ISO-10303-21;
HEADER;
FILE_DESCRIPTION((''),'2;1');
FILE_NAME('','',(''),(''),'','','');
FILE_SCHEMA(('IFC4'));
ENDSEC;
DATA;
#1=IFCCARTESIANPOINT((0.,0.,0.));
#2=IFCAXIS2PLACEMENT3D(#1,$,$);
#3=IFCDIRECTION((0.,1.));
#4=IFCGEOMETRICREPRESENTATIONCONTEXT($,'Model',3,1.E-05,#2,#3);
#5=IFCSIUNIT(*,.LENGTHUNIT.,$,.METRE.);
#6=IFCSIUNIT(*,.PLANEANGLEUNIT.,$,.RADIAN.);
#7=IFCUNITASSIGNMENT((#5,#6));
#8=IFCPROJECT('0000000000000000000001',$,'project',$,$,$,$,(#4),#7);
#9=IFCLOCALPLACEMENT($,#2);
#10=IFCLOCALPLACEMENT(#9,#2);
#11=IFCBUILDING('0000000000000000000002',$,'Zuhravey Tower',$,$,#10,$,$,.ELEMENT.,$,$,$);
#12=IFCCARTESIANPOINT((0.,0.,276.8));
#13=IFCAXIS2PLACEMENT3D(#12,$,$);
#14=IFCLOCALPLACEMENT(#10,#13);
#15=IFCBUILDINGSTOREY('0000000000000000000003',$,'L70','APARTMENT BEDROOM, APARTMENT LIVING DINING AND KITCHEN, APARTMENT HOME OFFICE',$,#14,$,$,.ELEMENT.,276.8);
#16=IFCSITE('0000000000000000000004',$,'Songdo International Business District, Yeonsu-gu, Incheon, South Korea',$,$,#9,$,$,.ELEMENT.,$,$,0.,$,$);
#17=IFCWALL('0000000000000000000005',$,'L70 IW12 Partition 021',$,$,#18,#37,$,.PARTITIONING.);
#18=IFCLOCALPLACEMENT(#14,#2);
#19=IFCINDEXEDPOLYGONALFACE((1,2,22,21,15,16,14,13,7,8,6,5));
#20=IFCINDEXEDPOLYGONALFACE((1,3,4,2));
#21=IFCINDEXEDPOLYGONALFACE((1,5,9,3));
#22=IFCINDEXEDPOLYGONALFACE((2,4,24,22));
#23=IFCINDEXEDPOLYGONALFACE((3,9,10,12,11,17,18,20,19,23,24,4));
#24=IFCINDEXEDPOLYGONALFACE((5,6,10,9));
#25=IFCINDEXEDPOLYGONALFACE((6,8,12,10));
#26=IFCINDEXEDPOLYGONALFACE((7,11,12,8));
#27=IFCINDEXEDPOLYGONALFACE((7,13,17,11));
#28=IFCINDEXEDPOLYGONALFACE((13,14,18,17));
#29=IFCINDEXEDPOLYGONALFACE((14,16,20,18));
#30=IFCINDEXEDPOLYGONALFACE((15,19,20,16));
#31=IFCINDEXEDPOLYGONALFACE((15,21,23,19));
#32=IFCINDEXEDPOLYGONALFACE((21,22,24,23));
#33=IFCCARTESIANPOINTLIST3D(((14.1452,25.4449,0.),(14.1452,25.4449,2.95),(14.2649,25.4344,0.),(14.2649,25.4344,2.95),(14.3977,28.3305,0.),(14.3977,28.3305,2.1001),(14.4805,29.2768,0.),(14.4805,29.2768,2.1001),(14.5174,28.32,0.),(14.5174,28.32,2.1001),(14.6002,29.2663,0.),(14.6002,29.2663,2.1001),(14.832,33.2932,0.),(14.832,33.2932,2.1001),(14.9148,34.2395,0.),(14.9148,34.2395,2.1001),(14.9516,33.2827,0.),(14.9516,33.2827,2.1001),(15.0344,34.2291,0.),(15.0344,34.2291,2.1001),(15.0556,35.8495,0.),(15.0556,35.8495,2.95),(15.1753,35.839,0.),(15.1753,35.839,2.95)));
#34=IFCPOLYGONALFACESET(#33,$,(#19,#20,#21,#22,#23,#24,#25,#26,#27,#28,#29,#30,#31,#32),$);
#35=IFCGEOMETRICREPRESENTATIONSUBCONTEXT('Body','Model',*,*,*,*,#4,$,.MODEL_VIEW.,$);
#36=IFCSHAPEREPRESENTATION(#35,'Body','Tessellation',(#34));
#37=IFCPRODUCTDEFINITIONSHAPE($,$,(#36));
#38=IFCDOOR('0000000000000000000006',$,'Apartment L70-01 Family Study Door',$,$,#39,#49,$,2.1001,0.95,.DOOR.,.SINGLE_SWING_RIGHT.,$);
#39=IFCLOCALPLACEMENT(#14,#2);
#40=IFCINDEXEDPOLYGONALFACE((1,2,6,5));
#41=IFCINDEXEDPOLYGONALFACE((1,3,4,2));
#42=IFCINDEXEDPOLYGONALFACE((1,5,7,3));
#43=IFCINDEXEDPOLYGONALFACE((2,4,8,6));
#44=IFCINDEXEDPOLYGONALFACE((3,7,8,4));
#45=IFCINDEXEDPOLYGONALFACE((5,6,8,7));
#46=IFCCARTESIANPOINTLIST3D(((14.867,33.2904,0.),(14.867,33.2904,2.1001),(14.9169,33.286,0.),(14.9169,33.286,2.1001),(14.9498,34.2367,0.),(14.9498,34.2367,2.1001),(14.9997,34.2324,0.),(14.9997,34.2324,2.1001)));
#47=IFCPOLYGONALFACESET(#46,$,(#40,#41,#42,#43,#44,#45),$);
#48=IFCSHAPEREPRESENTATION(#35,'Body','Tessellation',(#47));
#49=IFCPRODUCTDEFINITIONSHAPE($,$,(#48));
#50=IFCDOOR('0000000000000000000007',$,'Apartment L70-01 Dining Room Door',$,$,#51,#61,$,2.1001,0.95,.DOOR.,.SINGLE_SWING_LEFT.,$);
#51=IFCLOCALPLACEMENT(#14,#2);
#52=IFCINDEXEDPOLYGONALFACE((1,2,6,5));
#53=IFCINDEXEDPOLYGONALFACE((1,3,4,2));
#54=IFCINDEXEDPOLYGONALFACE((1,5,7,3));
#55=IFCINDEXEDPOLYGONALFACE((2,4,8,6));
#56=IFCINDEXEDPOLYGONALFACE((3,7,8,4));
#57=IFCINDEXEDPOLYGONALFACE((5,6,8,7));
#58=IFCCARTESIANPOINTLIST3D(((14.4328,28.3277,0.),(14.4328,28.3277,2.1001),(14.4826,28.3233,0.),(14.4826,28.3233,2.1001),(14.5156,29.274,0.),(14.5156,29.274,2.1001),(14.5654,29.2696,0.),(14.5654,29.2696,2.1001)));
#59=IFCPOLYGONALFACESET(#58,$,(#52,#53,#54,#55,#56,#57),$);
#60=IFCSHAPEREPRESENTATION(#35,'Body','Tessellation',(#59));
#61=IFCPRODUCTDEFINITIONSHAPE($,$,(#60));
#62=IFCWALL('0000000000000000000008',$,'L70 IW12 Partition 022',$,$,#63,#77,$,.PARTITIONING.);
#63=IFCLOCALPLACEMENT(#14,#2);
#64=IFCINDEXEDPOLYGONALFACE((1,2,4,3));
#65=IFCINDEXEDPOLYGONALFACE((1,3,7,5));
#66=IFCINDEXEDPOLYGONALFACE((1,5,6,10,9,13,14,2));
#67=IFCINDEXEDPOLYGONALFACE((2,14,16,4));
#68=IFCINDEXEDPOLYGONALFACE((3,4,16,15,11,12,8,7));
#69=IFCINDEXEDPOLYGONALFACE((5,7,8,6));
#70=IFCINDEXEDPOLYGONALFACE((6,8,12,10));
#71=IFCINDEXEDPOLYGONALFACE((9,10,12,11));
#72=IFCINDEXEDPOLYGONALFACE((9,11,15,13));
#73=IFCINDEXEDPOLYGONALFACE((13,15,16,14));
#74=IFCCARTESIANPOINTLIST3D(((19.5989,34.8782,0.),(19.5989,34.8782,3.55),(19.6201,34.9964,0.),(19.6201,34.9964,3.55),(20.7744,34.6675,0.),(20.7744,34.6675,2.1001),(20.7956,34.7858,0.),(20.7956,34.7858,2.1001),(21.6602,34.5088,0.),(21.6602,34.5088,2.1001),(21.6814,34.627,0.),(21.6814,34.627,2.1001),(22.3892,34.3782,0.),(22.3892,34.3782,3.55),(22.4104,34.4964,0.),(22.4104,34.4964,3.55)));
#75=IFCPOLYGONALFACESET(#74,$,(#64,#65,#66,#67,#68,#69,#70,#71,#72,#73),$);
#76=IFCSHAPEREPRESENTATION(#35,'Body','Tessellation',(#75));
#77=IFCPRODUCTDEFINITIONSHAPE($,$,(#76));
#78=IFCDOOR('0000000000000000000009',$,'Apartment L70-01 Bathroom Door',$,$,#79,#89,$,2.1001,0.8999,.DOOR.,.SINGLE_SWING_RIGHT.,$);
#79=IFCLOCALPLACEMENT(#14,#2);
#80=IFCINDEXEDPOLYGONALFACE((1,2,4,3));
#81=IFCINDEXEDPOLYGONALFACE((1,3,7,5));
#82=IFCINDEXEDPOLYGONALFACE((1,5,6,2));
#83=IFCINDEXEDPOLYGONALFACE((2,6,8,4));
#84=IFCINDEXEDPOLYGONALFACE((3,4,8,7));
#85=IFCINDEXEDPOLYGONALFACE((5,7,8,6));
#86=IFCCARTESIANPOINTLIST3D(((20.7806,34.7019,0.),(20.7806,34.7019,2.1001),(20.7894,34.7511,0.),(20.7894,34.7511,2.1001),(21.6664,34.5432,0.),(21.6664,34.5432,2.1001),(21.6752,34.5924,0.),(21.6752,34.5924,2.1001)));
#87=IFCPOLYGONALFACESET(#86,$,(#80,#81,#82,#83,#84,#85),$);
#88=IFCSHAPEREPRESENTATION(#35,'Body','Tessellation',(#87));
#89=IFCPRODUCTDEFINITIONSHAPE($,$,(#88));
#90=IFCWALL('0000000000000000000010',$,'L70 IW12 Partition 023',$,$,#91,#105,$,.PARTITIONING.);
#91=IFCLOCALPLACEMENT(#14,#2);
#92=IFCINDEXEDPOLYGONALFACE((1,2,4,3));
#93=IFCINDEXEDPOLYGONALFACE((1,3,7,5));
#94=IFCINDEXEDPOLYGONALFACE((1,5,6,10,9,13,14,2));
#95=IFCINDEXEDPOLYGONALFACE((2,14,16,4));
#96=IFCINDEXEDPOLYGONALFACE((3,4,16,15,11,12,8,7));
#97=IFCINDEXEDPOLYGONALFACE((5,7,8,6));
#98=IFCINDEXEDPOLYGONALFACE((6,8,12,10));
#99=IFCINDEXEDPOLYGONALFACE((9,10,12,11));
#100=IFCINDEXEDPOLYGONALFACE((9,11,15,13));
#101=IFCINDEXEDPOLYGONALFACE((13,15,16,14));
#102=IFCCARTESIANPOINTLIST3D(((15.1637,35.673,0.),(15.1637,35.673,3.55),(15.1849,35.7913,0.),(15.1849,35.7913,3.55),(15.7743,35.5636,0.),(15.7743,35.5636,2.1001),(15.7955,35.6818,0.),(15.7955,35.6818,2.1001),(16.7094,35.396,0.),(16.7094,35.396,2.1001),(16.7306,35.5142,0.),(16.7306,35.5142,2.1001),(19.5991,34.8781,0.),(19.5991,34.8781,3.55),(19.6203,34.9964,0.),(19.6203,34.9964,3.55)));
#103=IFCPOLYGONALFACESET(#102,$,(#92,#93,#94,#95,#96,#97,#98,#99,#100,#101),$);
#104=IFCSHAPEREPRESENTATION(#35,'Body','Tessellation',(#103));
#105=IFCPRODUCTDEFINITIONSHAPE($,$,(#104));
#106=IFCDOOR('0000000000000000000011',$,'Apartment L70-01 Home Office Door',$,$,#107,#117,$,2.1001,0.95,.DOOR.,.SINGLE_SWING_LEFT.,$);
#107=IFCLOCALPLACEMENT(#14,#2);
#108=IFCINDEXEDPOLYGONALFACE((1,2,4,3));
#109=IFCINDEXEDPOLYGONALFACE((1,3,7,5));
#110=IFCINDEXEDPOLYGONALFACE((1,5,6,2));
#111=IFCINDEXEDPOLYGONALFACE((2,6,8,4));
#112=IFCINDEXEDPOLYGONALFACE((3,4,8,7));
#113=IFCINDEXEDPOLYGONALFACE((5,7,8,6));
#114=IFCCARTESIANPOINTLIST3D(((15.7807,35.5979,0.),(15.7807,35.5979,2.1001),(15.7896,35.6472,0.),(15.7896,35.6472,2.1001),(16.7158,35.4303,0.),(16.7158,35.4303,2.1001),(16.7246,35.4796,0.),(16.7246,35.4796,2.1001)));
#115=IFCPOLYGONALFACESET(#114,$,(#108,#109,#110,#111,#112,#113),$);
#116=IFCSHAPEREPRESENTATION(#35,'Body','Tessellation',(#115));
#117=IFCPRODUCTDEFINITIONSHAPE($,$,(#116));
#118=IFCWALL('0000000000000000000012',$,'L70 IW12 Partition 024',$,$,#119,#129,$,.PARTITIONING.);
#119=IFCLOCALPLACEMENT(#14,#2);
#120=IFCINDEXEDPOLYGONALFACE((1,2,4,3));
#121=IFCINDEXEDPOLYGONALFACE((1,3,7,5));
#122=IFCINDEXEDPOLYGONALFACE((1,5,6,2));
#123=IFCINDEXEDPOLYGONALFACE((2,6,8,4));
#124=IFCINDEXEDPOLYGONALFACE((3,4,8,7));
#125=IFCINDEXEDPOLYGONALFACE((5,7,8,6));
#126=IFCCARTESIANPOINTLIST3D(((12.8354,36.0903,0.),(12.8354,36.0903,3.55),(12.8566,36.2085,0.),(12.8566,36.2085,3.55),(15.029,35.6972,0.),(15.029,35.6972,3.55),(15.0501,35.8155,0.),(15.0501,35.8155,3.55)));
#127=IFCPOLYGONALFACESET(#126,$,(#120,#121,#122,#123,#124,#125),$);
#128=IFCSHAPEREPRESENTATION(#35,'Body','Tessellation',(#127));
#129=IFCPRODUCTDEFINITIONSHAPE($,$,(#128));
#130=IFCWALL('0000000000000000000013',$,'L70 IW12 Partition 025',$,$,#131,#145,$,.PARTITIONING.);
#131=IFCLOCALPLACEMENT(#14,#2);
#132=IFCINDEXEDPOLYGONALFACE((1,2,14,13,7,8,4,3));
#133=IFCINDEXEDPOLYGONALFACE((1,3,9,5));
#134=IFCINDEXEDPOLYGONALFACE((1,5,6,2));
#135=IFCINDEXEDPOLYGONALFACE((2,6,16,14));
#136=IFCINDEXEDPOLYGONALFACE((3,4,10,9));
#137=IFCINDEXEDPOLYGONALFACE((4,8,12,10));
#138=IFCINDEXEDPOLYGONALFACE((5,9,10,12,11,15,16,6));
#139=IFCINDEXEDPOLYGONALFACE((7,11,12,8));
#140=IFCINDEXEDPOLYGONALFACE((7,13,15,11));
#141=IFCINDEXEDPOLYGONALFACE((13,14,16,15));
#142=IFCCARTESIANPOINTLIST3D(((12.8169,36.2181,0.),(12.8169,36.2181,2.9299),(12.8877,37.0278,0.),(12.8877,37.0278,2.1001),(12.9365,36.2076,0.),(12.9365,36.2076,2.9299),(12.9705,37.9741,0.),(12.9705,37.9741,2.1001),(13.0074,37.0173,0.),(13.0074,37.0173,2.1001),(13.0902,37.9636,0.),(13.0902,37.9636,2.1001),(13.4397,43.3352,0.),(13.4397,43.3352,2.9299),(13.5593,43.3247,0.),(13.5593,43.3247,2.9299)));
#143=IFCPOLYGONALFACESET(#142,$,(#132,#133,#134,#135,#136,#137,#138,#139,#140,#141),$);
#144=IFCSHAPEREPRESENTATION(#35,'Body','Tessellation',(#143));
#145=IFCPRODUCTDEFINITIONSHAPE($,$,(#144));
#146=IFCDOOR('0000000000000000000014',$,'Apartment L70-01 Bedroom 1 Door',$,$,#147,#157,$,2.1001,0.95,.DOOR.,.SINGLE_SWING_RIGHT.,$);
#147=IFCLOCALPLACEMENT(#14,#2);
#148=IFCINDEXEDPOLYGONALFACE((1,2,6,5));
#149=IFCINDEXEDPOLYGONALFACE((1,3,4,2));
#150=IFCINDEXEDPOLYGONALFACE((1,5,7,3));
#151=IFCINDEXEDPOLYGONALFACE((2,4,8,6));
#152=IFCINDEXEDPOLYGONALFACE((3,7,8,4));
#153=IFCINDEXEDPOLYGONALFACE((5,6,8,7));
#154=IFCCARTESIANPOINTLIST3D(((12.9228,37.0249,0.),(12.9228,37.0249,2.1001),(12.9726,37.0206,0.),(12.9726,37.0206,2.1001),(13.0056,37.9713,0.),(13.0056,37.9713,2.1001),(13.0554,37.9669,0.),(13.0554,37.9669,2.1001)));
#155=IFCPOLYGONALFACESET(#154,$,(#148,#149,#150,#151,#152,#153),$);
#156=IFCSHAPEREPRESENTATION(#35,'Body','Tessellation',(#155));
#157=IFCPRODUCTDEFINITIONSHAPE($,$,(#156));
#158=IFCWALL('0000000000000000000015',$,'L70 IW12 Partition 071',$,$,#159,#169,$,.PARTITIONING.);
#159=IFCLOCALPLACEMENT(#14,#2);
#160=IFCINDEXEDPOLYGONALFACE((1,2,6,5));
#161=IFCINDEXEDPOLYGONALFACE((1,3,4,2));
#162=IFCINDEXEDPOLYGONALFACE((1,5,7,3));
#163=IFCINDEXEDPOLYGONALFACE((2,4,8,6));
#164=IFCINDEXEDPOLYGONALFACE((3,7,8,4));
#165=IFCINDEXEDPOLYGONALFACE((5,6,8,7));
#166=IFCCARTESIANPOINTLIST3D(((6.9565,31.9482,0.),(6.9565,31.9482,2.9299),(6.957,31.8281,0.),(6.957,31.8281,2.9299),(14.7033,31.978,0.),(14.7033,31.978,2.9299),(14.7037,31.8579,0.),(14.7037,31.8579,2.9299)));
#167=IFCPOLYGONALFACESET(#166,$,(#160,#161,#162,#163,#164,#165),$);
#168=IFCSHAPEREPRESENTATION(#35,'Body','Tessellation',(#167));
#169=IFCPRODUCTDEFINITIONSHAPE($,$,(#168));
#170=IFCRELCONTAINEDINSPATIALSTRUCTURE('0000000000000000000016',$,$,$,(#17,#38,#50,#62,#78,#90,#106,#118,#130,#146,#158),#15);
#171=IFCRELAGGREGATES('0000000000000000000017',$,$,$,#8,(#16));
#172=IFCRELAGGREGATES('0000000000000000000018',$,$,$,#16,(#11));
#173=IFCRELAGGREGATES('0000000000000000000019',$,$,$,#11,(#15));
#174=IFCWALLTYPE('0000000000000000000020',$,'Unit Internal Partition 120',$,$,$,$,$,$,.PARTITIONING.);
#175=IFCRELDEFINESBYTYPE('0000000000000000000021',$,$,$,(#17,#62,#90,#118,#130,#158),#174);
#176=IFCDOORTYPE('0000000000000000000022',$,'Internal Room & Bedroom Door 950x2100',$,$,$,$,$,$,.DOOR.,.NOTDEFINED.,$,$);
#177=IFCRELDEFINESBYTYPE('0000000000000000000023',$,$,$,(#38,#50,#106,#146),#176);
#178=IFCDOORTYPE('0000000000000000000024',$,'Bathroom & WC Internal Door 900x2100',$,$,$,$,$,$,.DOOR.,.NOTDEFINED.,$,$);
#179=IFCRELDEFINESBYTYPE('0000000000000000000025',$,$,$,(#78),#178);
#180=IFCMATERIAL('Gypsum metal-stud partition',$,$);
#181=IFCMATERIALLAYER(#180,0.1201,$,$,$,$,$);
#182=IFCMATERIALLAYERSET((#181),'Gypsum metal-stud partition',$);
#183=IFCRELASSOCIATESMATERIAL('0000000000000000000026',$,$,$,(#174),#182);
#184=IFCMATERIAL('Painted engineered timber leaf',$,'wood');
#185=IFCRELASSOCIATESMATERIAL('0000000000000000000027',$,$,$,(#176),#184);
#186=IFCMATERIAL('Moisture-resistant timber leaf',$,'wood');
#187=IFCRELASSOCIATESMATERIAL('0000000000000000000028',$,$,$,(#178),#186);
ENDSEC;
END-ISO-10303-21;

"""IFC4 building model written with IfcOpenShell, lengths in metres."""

from ifc_helpers import new_model, si_unit, direction, frame, frame_2d, origin, place, context, subcontext, project, spatial, rectangle, extrude, material, layer, layer_set, type_object, element, fill, save


model = new_model("IFC4")

# Units and contexts
model_context = context("Model", 3, precision=1e-05, world=origin(), true_north=direction((0.0, 1.0)))
body_context = subcontext(model_context, "Body", "Model", "MODEL_VIEW")
ifc_project = project(units=[si_unit("LENGTHUNIT", "METRE"), si_unit("PLANEANGLEUNIT", "RADIAN")], contexts=[model_context])

# Site, building, storey
site_placement = place(None, origin())
site = spatial("IfcSite", under=ifc_project, at=site_placement, Name="Songdo International Business District, Yeonsu-gu, Incheon, South Korea", CompositionType="ELEMENT", RefElevation=0.0)
building_placement = place(site_placement, origin())
building = spatial("IfcBuilding", under=site, at=building_placement, Name="Zuhravey Tower", CompositionType="ELEMENT")
storey_placement = place(building_placement, frame((0.0, 0.0, 276.8)))
storey = spatial("IfcBuildingStorey", under=building, at=storey_placement, Name="L70", Description="APARTMENT BEDROOM, APARTMENT LIVING DINING AND KITCHEN, APARTMENT HOME OFFICE", CompositionType="ELEMENT", Elevation=276.8)

# Wall, openings, doors
ifc_material_1 = material(Name="Gypsum metal-stud partition")
ifc_layer_1 = layer(ifc_material_1, 0.1201)
ifc_layer_set_1 = layer_set([ifc_layer_1], Name="Gypsum metal-stud partition")
wall_type_1 = type_object("IfcWallType", Name="Unit Internal Partition 120", PredefinedType="PARTITIONING", material=ifc_layer_set_1)
wall_1_placement = place(storey_placement, frame((15.1155, 35.8442, 0.0), z_axis=(0.0, 0.0, 1.0), x_axis=(-0.087167, -0.996194, 0.0)))
wall_1 = element("IfcWall", 1, at=wall_1_placement, inside=storey, type_object=wall_type_1, Name="L70 IW12 Partition 021", PredefinedType="PARTITIONING", context=body_context, shape_type="SweptSolid", body=[
    extrude(rectangle(XDim=10.4443, YDim=0.1201, at=frame_2d((5.2222, 0.0))), origin(), (0.0, 0.0, 1.0), 2.95),
])
opening_1_placement = place(wall_1_placement, frame((1.616, 0.0, 0.0)))
opening_1 = element("IfcOpeningElement", 2, at=opening_1_placement, cuts=wall_1, PredefinedType="OPENING", context=body_context, shape_type="SweptSolid", body=[
    extrude(rectangle(XDim=0.95, YDim=2.1001, at=frame_2d((0.4751, 1.05))), frame((0.0, 0.072, 0.0), z_axis=(0.0, -1.0, 0.0), x_axis=(1.0, 0.0, 0.0)), (0.0, 0.0, 1.0), 0.144),
])
opening_2_placement = place(wall_1_placement, frame((6.5977, 0.0, 0.0)))
opening_2 = element("IfcOpeningElement", 3, at=opening_2_placement, cuts=wall_1, PredefinedType="OPENING", context=body_context, shape_type="SweptSolid", body=[
    extrude(rectangle(XDim=0.95, YDim=2.1001, at=frame_2d((0.4751, 1.05))), frame((0.0, 0.072, 0.0), z_axis=(0.0, -1.0, 0.0), x_axis=(1.0, 0.0, 0.0)), (0.0, 0.0, 1.0), 0.144),
])
ifc_material_2 = material(Name="Painted engineered timber leaf", Category="wood")
door_type_1 = type_object("IfcDoorType", Name="Internal Room & Bedroom Door 950x2100", OperationType="NOTDEFINED", PredefinedType="DOOR", material=ifc_material_2)
door_1_placement = place(opening_1_placement, frame((0.95, 0.0, 0.0), z_axis=(0.0, 0.0, 1.0), x_axis=(-1.0, 0.0, 0.0)))
door_1 = element("IfcDoor", 4, at=door_1_placement, inside=storey, type_object=door_type_1, Name="Apartment L70-01 Family Study Door", OperationType="SINGLE_SWING_RIGHT", OverallHeight=2.1001, OverallWidth=0.95, PredefinedType="DOOR", context=body_context, shape_type="SweptSolid", body=[
    extrude(rectangle(XDim=0.95, YDim=2.1001, at=frame_2d((0.4751, 1.05))), frame((0.0, 0.0249, 0.0), z_axis=(0.0, -1.0, 0.0), x_axis=(1.0, 0.0, 0.0)), (0.0, 0.0, 1.0), 0.05),
])
fill(opening_1, door_1)
door_2_placement = place(opening_2_placement, frame((0.95, 0.0, 0.0), z_axis=(0.0, 0.0, 1.0), x_axis=(-1.0, 0.0, 0.0)))
door_2 = element("IfcDoor", 5, at=door_2_placement, inside=storey, type_object=door_type_1, Name="Apartment L70-01 Dining Room Door", OperationType="SINGLE_SWING_LEFT", OverallHeight=2.1001, OverallWidth=0.95, PredefinedType="DOOR", context=body_context, shape_type="SweptSolid", body=[
    extrude(rectangle(XDim=0.95, YDim=2.1001, at=frame_2d((0.4751, 1.05))), frame((0.0, 0.0249, 0.0), z_axis=(0.0, -1.0, 0.0), x_axis=(1.0, 0.0, 0.0)), (0.0, 0.0, 1.0), 0.05),
])
fill(opening_2, door_2)

# Walls, openings, doors
wall_2_placement = place(storey_placement, frame((22.3999, 34.4373, 0.0), z_axis=(0.0, 0.0, 1.0), x_axis=(-0.984321, 0.176384, 0.0)))
wall_2 = element("IfcWall", 6, at=wall_2_placement, inside=storey, type_object=wall_type_1, Name="L70 IW12 Partition 022", PredefinedType="PARTITIONING", context=body_context, shape_type="SweptSolid", body=[
    extrude(rectangle(XDim=2.8347, YDim=0.1201, at=frame_2d((1.4175, 0.0))), origin(), (0.0, 0.0, 1.0), 3.55),
])
opening_3_placement = place(wall_2_placement, frame((0.7407, 0.0, 0.0)))
opening_3 = element("IfcOpeningElement", 7, at=opening_3_placement, cuts=wall_2, PredefinedType="OPENING", context=body_context, shape_type="SweptSolid", body=[
    extrude(rectangle(XDim=0.8999, YDim=2.1001, at=frame_2d((0.45, 1.05))), frame((0.0, 0.072, 0.0), z_axis=(0.0, -1.0, 0.0), x_axis=(1.0, 0.0, 0.0)), (0.0, 0.0, 1.0), 0.144),
])
ifc_material_3 = material(Name="Moisture-resistant timber leaf", Category="wood")
door_type_2 = type_object("IfcDoorType", Name="Bathroom & WC Internal Door 900x2100", OperationType="NOTDEFINED", PredefinedType="DOOR", material=ifc_material_3)
door_3_placement = place(opening_3_placement, frame((0.8999, 0.0, 0.0), z_axis=(0.0, 0.0, 1.0), x_axis=(-1.0, 0.0, 0.0)))
door_3 = element("IfcDoor", 8, at=door_3_placement, inside=storey, type_object=door_type_2, Name="Apartment L70-01 Bathroom Door", OperationType="SINGLE_SWING_RIGHT", OverallHeight=2.1001, OverallWidth=0.8999, PredefinedType="DOOR", context=body_context, shape_type="SweptSolid", body=[
    extrude(rectangle(XDim=0.8999, YDim=2.1001, at=frame_2d((0.45, 1.05))), frame((0.0, 0.0249, 0.0), z_axis=(0.0, -1.0, 0.0), x_axis=(1.0, 0.0, 0.0)), (0.0, 0.0, 1.0), 0.05),
])
fill(opening_3, door_3)
wall_3_placement = place(storey_placement, frame((19.6096, 34.9373, 0.0), z_axis=(0.0, 0.0, 1.0), x_axis=(-0.984318, 0.176406, 0.0)))
wall_3 = element("IfcWall", 9, at=wall_3_placement, inside=storey, type_object=wall_type_1, Name="L70 IW12 Partition 023", PredefinedType="PARTITIONING", context=body_context, shape_type="SweptSolid", body=[
    extrude(rectangle(XDim=4.5061, YDim=0.1201, at=frame_2d((2.2529, 0.0))), origin(), (0.0, 0.0, 1.0), 3.55),
])
opening_4_placement = place(wall_3_placement, frame((2.9355, 0.0, 0.0)))
opening_4 = element("IfcOpeningElement", 10, at=opening_4_placement, cuts=wall_3, PredefinedType="OPENING", context=body_context, shape_type="SweptSolid", body=[
    extrude(rectangle(XDim=0.95, YDim=2.1001, at=frame_2d((0.4751, 1.05))), frame((0.0, 0.072, 0.0), z_axis=(0.0, -1.0, 0.0), x_axis=(1.0, 0.0, 0.0)), (0.0, 0.0, 1.0), 0.144),
])
door_4_placement = place(opening_4_placement, frame((0.95, 0.0, 0.0), z_axis=(0.0, 0.0, 1.0), x_axis=(-1.0, 0.0, 0.0)))
door_4 = element("IfcDoor", 11, at=door_4_placement, inside=storey, type_object=door_type_1, Name="Apartment L70-01 Home Office Door", OperationType="SINGLE_SWING_LEFT", OverallHeight=2.1001, OverallWidth=0.95, PredefinedType="DOOR", context=body_context, shape_type="SweptSolid", body=[
    extrude(rectangle(XDim=0.95, YDim=2.1001, at=frame_2d((0.4751, 1.05))), frame((0.0, 0.0249, 0.0), z_axis=(0.0, -1.0, 0.0), x_axis=(1.0, 0.0, 0.0)), (0.0, 0.0, 1.0), 0.05),
])
fill(opening_4, door_4)

# Wall
wall_4_placement = place(storey_placement, frame((15.0396, 35.7563, 0.0), z_axis=(0.0, 0.0, 1.0), x_axis=(-0.984322, 0.176378, 0.0)))
element("IfcWall", 12, at=wall_4_placement, inside=storey, type_object=wall_type_1, Name="L70 IW12 Partition 024", PredefinedType="PARTITIONING", context=body_context, shape_type="SweptSolid", body=[
    extrude(rectangle(XDim=2.2285, YDim=0.1201, at=frame_2d((1.1143, 0.0))), origin(), (0.0, 0.0, 1.0), 3.55),
])

# Wall, opening, door
wall_5_placement = place(storey_placement, frame((13.4995, 43.3301, 0.0), z_axis=(0.0, 0.0, 1.0), x_axis=(-0.087174, -0.996193, 0.0)))
wall_5 = element("IfcWall", 13, at=wall_5_placement, inside=storey, type_object=wall_type_1, Name="L70 IW12 Partition 025", PredefinedType="PARTITIONING", context=body_context, shape_type="SweptSolid", body=[
    extrude(rectangle(XDim=7.1443, YDim=0.1201, at=frame_2d((3.5723, 0.0))), origin(), (0.0, 0.0, 1.0), 2.9299),
])
opening_5_placement = place(wall_5_placement, frame((5.3816, 0.0, 0.0)))
opening_5 = element("IfcOpeningElement", 14, at=opening_5_placement, cuts=wall_5, PredefinedType="OPENING", context=body_context, shape_type="SweptSolid", body=[
    extrude(rectangle(XDim=0.95, YDim=2.1001, at=frame_2d((0.4751, 1.05))), frame((0.0, 0.072, 0.0), z_axis=(0.0, -1.0, 0.0), x_axis=(1.0, 0.0, 0.0)), (0.0, 0.0, 1.0), 0.144),
])
door_5_placement = place(opening_5_placement, frame((0.95, 0.0, 0.0), z_axis=(0.0, 0.0, 1.0), x_axis=(-1.0, 0.0, 0.0)))
door_5 = element("IfcDoor", 15, at=door_5_placement, inside=storey, type_object=door_type_1, Name="Apartment L70-01 Bedroom 1 Door", OperationType="SINGLE_SWING_RIGHT", OverallHeight=2.1001, OverallWidth=0.95, PredefinedType="DOOR", context=body_context, shape_type="SweptSolid", body=[
    extrude(rectangle(XDim=0.95, YDim=2.1001, at=frame_2d((0.4751, 1.05))), frame((0.0, 0.0249, 0.0), z_axis=(0.0, -1.0, 0.0), x_axis=(1.0, 0.0, 0.0)), (0.0, 0.0, 1.0), 0.05),
])
fill(opening_5, door_5)

# Wall
wall_6_placement = place(storey_placement, frame((14.7036, 31.918, 0.0), z_axis=(0.0, 0.0, 1.0), x_axis=(-0.999993, -0.003845, 0.0)))
element("IfcWall", 16, at=wall_6_placement, inside=storey, type_object=wall_type_1, Name="L70 IW12 Partition 071", PredefinedType="PARTITIONING", context=body_context, shape_type="SweptSolid", body=[
    extrude(rectangle(XDim=7.7468, YDim=0.1201, at=frame_2d((3.8735, 0.0))), origin(), (0.0, 0.0, 1.0), 2.9299),
])

save(model, "model.ifc")
